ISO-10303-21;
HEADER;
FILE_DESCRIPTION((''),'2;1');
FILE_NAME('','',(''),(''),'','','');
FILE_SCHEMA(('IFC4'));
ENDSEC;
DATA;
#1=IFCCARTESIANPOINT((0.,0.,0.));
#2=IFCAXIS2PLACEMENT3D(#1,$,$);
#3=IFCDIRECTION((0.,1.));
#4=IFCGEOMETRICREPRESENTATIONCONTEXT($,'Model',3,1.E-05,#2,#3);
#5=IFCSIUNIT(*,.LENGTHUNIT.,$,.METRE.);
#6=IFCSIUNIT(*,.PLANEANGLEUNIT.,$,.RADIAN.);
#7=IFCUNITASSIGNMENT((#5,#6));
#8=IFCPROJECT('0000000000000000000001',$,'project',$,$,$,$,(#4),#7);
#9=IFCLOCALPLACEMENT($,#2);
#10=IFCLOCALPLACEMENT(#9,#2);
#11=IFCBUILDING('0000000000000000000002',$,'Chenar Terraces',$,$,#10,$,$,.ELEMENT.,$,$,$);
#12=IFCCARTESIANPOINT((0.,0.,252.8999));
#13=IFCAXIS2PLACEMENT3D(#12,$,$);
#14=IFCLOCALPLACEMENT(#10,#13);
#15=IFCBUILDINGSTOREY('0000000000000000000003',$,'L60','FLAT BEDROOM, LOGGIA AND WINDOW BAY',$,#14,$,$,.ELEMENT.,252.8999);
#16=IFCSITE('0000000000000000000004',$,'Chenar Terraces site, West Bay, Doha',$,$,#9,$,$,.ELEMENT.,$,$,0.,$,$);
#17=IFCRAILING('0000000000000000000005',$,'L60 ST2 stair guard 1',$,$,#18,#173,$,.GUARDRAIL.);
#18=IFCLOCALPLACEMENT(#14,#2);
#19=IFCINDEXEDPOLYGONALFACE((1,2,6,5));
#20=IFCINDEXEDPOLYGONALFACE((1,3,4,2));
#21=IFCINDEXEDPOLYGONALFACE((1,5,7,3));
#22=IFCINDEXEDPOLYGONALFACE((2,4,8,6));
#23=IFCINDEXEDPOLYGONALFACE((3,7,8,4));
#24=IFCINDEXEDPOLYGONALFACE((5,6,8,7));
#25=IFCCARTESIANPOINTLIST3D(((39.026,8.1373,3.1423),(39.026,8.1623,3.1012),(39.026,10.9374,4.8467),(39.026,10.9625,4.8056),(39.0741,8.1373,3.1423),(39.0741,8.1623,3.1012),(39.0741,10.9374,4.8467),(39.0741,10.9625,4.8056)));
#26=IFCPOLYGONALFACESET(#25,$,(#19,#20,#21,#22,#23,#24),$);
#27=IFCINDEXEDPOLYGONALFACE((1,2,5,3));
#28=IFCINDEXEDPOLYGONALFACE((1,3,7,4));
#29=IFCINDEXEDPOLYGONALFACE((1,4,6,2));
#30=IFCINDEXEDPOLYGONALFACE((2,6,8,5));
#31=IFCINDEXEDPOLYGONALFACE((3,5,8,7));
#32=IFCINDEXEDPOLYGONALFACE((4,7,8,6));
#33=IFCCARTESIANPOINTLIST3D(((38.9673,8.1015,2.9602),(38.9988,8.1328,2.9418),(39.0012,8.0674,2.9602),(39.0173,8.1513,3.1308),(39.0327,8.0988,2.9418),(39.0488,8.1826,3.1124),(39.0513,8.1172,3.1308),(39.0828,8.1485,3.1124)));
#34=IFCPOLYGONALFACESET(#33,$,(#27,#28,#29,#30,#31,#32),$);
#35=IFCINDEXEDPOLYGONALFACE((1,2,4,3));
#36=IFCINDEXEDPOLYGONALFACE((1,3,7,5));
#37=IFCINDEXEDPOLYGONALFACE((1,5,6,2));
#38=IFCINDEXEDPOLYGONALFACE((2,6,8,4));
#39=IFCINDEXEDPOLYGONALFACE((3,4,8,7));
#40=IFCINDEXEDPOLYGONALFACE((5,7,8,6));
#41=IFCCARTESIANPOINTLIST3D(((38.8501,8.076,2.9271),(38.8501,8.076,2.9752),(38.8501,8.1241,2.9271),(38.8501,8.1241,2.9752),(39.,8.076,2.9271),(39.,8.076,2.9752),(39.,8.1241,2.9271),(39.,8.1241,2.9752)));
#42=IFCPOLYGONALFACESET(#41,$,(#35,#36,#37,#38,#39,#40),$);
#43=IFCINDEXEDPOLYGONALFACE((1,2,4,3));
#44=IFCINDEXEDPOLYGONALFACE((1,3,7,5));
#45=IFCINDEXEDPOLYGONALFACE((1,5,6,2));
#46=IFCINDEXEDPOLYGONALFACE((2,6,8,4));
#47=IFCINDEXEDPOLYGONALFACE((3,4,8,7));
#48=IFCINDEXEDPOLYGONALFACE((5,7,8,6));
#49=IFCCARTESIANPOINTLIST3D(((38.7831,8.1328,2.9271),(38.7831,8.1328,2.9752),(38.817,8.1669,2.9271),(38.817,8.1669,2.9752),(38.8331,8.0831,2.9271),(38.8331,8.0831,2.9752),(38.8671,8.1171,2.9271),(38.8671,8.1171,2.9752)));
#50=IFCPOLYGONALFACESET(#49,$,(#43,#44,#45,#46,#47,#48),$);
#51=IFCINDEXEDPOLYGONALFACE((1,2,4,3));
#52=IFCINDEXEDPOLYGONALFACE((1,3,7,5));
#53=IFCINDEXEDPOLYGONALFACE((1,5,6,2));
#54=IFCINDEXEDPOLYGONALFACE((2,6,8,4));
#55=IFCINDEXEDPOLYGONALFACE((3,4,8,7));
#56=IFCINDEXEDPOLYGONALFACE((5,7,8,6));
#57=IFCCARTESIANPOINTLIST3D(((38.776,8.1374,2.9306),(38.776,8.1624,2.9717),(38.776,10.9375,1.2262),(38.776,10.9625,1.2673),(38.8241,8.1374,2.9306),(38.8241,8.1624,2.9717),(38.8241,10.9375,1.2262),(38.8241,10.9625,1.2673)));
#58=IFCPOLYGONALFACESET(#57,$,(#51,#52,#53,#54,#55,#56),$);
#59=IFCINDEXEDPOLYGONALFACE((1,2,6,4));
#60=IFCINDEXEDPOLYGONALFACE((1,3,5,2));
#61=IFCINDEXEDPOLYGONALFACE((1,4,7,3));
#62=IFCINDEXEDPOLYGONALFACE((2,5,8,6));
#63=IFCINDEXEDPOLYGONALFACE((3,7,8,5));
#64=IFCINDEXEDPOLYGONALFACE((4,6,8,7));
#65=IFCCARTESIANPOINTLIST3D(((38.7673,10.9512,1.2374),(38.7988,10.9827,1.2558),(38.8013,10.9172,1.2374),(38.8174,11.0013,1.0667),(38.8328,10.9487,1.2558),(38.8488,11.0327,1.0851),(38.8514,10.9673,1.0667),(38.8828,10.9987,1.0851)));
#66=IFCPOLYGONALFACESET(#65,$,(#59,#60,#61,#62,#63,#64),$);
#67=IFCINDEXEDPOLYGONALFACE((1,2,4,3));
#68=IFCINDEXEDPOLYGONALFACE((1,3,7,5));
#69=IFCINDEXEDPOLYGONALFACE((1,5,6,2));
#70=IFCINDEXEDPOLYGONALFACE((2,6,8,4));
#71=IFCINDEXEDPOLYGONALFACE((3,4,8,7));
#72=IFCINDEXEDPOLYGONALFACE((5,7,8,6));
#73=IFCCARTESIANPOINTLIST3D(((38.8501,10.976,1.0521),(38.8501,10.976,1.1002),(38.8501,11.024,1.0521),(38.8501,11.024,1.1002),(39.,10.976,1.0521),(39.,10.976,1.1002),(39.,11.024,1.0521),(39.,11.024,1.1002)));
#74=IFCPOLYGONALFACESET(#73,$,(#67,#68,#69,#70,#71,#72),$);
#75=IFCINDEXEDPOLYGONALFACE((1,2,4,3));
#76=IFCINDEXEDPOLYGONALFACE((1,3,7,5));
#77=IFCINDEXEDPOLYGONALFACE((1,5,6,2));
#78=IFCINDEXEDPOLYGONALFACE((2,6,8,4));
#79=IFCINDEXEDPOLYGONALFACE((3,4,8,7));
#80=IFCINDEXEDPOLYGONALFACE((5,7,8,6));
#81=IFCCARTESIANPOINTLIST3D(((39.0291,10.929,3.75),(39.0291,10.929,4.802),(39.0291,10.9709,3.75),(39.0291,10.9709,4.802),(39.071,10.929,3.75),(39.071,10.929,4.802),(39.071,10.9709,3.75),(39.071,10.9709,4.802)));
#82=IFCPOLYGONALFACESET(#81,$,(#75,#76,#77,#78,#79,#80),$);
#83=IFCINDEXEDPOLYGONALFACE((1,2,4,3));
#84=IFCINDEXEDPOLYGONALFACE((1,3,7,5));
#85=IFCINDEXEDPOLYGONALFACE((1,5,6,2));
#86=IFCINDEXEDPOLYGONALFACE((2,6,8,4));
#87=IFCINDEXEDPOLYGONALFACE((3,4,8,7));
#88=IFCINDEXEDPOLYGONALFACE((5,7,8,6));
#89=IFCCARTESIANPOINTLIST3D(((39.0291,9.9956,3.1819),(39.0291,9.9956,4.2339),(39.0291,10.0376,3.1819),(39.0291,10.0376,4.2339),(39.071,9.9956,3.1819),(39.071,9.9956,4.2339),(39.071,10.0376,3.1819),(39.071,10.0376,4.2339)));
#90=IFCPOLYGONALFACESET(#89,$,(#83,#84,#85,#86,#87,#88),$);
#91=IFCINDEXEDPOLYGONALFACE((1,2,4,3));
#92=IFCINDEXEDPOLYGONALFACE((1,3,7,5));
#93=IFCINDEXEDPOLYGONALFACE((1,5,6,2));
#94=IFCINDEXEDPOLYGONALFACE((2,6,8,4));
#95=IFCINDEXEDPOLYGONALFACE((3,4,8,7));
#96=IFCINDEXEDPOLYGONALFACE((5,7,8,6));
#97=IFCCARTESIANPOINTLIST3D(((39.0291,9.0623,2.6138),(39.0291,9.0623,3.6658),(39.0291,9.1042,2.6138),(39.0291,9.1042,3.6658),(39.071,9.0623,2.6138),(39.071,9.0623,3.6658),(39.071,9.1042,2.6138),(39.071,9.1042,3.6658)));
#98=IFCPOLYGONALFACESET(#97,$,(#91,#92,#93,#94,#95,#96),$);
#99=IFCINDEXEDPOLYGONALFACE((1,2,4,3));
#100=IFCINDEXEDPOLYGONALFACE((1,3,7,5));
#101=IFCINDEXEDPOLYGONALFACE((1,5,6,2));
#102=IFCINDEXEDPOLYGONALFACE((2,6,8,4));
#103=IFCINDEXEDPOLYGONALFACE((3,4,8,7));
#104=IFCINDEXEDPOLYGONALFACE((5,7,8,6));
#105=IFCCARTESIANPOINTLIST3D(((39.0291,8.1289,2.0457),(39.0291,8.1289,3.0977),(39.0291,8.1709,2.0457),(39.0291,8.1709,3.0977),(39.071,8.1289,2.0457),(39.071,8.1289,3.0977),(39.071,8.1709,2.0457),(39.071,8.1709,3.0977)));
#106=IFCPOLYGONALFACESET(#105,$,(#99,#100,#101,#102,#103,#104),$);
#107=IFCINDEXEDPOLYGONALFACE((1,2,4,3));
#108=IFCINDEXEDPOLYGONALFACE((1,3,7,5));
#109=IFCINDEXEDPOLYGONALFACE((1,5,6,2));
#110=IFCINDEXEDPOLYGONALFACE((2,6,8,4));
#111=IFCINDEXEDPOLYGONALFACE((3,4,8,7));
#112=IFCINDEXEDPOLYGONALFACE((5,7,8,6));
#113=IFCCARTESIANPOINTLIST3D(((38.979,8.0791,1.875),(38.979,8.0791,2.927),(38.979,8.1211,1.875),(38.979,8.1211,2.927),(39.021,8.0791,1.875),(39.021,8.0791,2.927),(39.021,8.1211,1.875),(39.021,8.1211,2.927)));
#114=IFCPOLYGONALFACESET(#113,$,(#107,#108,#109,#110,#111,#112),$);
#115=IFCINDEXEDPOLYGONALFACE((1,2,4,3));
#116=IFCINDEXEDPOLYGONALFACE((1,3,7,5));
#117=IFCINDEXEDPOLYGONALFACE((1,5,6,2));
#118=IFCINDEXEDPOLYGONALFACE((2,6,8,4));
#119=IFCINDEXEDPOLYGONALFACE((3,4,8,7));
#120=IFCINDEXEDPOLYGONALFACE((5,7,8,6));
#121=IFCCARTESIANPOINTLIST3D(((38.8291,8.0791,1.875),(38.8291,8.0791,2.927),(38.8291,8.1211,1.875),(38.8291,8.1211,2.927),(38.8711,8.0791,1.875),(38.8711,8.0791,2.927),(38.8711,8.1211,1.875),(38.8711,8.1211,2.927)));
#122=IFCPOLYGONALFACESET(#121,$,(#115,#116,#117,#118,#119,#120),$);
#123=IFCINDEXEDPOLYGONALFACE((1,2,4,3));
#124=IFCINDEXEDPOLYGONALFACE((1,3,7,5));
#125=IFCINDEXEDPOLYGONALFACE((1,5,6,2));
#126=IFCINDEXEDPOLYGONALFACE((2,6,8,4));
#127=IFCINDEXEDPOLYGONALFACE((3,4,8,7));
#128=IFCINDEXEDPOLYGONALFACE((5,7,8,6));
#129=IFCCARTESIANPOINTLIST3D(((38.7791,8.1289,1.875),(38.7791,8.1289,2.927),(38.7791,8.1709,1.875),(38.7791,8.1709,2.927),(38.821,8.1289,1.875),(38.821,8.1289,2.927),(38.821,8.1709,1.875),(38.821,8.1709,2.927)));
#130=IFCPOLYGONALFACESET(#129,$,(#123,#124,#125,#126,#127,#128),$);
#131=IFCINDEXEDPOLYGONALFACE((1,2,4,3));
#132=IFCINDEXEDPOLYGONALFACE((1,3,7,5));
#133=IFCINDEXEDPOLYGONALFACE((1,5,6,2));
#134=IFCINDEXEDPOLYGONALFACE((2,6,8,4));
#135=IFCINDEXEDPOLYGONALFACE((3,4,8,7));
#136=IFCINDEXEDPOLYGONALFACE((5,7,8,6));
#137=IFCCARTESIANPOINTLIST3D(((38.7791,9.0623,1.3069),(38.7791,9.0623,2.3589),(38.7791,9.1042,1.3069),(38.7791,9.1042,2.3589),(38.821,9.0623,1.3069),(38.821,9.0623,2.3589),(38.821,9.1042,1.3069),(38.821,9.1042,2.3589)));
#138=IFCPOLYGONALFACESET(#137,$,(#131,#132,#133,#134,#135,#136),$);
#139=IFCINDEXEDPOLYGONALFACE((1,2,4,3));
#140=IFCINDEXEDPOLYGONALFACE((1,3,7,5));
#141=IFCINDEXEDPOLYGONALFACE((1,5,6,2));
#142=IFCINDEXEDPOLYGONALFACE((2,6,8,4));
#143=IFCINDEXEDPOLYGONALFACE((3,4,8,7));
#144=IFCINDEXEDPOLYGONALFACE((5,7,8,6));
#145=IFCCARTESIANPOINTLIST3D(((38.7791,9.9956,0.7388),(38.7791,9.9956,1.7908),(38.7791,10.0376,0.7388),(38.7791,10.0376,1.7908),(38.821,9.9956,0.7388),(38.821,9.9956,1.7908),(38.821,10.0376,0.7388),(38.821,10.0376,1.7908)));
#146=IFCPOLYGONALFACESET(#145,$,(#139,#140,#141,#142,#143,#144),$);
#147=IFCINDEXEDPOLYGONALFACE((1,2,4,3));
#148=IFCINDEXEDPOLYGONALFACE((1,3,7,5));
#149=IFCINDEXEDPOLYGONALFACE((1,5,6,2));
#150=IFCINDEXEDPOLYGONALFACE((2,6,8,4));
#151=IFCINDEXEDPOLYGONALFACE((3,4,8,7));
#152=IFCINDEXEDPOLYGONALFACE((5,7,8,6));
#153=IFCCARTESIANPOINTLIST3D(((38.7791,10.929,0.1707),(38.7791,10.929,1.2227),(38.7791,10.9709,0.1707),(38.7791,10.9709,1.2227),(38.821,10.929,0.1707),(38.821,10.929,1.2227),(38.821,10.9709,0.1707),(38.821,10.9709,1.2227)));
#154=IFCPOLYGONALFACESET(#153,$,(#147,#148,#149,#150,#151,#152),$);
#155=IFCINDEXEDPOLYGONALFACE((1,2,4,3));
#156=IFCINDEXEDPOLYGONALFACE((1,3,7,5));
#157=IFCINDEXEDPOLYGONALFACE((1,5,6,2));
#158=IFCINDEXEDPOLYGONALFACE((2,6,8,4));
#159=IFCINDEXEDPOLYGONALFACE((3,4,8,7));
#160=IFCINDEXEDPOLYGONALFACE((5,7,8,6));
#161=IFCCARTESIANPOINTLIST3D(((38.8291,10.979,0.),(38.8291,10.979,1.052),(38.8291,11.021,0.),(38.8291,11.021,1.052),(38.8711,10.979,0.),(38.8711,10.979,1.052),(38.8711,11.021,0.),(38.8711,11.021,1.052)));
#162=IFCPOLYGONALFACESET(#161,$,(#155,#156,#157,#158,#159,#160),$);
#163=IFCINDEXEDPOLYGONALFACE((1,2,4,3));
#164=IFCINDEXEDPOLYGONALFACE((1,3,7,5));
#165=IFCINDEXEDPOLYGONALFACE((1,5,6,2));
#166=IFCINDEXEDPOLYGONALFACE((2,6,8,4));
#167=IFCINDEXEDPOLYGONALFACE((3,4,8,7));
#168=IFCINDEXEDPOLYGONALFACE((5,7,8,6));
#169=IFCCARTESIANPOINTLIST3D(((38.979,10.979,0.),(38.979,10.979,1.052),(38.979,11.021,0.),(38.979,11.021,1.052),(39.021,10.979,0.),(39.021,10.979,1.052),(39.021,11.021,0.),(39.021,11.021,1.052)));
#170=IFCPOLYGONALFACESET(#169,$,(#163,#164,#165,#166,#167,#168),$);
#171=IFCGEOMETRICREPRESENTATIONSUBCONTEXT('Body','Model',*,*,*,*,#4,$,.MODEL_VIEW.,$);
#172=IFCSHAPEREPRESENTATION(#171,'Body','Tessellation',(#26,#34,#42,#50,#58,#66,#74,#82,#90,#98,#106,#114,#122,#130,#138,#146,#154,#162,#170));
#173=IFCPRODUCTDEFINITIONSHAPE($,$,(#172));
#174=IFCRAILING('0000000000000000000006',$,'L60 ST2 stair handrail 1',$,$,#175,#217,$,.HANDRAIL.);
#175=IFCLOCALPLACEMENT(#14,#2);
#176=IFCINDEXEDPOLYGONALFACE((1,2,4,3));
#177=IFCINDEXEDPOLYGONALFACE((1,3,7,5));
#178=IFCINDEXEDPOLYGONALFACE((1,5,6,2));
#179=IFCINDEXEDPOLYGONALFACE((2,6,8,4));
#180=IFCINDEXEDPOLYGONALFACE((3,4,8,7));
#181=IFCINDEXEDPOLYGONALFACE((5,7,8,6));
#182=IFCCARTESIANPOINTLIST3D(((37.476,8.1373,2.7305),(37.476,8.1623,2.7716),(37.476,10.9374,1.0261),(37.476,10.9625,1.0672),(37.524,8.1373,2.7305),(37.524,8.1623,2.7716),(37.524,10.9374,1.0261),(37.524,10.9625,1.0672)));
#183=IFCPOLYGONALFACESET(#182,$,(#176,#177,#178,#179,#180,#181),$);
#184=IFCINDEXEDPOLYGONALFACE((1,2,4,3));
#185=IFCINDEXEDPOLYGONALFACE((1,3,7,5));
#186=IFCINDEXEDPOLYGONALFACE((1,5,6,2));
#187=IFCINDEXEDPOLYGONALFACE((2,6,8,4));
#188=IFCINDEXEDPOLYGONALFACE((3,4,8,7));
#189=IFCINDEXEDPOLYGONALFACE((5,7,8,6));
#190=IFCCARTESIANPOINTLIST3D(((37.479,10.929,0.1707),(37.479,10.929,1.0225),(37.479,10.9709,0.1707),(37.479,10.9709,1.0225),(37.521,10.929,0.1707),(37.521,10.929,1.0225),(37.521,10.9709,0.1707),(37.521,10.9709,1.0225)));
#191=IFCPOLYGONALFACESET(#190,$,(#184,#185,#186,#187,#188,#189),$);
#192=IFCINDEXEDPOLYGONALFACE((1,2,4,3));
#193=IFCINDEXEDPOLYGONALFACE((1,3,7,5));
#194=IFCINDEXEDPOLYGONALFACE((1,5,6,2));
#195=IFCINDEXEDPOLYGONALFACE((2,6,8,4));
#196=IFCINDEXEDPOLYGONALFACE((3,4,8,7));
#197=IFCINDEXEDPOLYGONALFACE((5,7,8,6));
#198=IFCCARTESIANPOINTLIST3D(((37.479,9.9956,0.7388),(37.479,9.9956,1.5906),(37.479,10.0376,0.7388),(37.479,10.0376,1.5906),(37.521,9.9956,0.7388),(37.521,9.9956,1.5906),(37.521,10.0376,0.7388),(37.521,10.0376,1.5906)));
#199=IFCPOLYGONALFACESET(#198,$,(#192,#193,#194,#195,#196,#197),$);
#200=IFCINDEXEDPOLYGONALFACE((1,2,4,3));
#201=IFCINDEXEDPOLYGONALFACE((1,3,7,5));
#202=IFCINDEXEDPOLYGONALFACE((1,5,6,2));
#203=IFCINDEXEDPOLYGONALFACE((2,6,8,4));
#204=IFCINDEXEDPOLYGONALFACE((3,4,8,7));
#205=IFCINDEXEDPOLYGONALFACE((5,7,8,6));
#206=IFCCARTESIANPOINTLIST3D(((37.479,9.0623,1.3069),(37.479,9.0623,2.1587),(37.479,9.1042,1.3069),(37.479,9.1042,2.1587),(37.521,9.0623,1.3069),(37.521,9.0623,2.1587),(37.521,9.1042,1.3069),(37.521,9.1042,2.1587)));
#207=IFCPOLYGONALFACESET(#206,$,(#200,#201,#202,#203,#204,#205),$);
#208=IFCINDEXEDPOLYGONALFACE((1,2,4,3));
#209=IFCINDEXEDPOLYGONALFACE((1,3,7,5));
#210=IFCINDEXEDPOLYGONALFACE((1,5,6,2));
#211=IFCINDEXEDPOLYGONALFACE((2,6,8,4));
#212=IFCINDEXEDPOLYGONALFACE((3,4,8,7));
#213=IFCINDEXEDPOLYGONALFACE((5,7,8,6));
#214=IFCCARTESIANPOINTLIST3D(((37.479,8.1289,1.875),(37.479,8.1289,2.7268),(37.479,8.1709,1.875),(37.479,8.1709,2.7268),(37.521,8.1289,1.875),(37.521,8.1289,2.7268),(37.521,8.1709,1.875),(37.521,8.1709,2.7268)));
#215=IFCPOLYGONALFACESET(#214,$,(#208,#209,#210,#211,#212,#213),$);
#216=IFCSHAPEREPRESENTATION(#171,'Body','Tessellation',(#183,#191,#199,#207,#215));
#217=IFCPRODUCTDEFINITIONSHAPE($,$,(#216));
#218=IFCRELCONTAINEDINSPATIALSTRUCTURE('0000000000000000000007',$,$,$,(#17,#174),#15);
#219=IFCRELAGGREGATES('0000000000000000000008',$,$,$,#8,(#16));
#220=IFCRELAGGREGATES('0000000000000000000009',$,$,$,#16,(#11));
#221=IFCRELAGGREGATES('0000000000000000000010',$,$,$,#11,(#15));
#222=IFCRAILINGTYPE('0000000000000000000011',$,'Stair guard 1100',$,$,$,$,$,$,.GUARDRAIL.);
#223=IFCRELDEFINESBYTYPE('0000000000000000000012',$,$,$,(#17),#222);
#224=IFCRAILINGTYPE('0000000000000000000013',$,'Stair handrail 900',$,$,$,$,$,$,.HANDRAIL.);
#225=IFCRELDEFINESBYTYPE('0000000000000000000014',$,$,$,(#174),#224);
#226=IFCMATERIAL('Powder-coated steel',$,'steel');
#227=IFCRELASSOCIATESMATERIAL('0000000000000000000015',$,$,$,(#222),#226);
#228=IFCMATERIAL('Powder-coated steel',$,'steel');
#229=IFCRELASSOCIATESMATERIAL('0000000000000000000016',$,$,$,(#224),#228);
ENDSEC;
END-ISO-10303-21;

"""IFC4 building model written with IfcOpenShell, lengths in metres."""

from ifc_helpers import new_model, si_unit, direction, frame, origin, origin_2d, place, context, subcontext, project, spatial, rectangle, extrude, material, type_object, element, save


model = new_model("IFC4")

# Units and contexts
model_context = context("Model", 3, precision=1e-05, world=origin(), true_north=direction((0.0, 1.0)))
body_context = subcontext(model_context, "Body", "Model", "MODEL_VIEW")
ifc_project = project(units=[si_unit("LENGTHUNIT", "METRE"), si_unit("PLANEANGLEUNIT", "RADIAN")], contexts=[model_context])

# Site, building, storey
site_placement = place(None, origin())
site = spatial("IfcSite", under=ifc_project, at=site_placement, Name="Chenar Terraces site, West Bay, Doha", CompositionType="ELEMENT", RefElevation=0.0)
building_placement = place(site_placement, origin())
building = spatial("IfcBuilding", under=site, at=building_placement, Name="Chenar Terraces", CompositionType="ELEMENT")
storey_placement = place(building_placement, frame((0.0, 0.0, 252.8999)))
storey = spatial("IfcBuildingStorey", under=building, at=storey_placement, Name="L60", Description="FLAT BEDROOM, LOGGIA AND WINDOW BAY", CompositionType="ELEMENT", Elevation=252.8999)

# Railings
ifc_material_1 = material(Name="Powder-coated steel", Category="steel")
railing_type_1 = type_object("IfcRailingType", Name="Stair guard 1100", PredefinedType="GUARDRAIL", material=ifc_material_1)
railing_1_placement = place(storey_placement, frame((39.05, 10.95, 3.75)))
element("IfcRailing", 1, at=railing_1_placement, inside=storey, type_object=railing_type_1, Name="L60 ST2 stair guard 1", PredefinedType="GUARDRAIL", context=body_context, shape_type="SweptSolid", body=[
    extrude(rectangle(XDim=0.0481, YDim=0.0481, at=origin_2d()), frame((0.0, 0.0, 1.0762), z_axis=(0.0, -0.854203, -0.51994), x_axis=(1.0, 0.0, 0.0)), (0.0, 0.0, 1.0), 3.2781),
    extrude(rectangle(XDim=0.0481, YDim=0.0481, at=origin_2d()), frame((0.0, -2.8, -0.6284), z_axis=(-0.270997, -0.269675, -0.924033), x_axis=(0.705376, -0.708834, 0.0)), (0.0, 0.0, 1.0), 0.1846),
    extrude(rectangle(XDim=0.0481, YDim=0.0481, at=origin_2d()), frame((-0.05, -2.8499, -0.7988), z_axis=(-1.0, 0.0, 0.0), x_axis=(0.0, -1.0, 0.0)), (0.0, 0.0, 1.0), 0.1499),
    extrude(rectangle(XDim=0.0481, YDim=0.0481, at=origin_2d()), frame((-0.2, -2.8499, -0.7988), z_axis=(-0.708834, 0.705376, 0.0), x_axis=(-0.705376, -0.708834, 0.0)), (0.0, 0.0, 1.0), 0.0706),
    extrude(rectangle(XDim=0.0481, YDim=0.0481, at=origin_2d()), frame((-0.25, -2.8, -0.7988), z_axis=(0.0, 0.854203, -0.51994), x_axis=(-1.0, 0.0, 0.0)), (0.0, 0.0, 1.0), 3.2781),
    extrude(rectangle(XDim=0.0481, YDim=0.0481, at=origin_2d()), frame((-0.25, 0.0, -2.5034), z_axis=(0.2709, 0.2709, -0.923703), x_axis=(-0.707107, 0.707107, 0.0)), (0.0, 0.0, 1.0), 0.1848),
    extrude(rectangle(XDim=0.0481, YDim=0.0481, at=origin_2d()), frame((-0.2, 0.05, -2.6738), z_axis=(1.0, 0.0, 0.0), x_axis=(0.0, 1.0, 0.0)), (0.0, 0.0, 1.0), 0.1499),
    extrude(rectangle(XDim=0.042, YDim=0.042, at=origin_2d()), origin(), (0.0, 0.0, 1.0), 1.052),
    extrude(rectangle(XDim=0.042, YDim=0.042, at=origin_2d()), frame((0.0, -0.9333, -0.5681)), (0.0, 0.0, 1.0), 1.052),
    extrude(rectangle(XDim=0.042, YDim=0.042, at=origin_2d()), frame((0.0, -1.8667, -1.1362)), (0.0, 0.0, 1.0), 1.052),
    extrude(rectangle(XDim=0.042, YDim=0.042, at=origin_2d()), frame((0.0, -2.8, -1.7043)), (0.0, 0.0, 1.0), 1.052),
    extrude(rectangle(XDim=0.042, YDim=0.042, at=origin_2d()), frame((-0.05, -2.8499, -1.875)), (0.0, 0.0, 1.0), 1.052),
    extrude(rectangle(XDim=0.042, YDim=0.042, at=origin_2d()), frame((-0.2, -2.8499, -1.875)), (0.0, 0.0, 1.0), 1.052),
    extrude(rectangle(XDim=0.042, YDim=0.042, at=origin_2d()), frame((-0.25, -2.8, -1.875)), (0.0, 0.0, 1.0), 1.052),
    extrude(rectangle(XDim=0.042, YDim=0.042, at=origin_2d()), frame((-0.25, -1.8667, -2.4431)), (0.0, 0.0, 1.0), 1.052),
    extrude(rectangle(XDim=0.042, YDim=0.042, at=origin_2d()), frame((-0.25, -0.9333, -3.0112)), (0.0, 0.0, 1.0), 1.052),
    extrude(rectangle(XDim=0.042, YDim=0.042, at=origin_2d()), frame((-0.25, 0.0, -3.5793)), (0.0, 0.0, 1.0), 1.052),
    extrude(rectangle(XDim=0.042, YDim=0.042, at=origin_2d()), frame((-0.2, 0.05, -3.75)), (0.0, 0.0, 1.0), 1.052),
    extrude(rectangle(XDim=0.042, YDim=0.042, at=origin_2d()), frame((-0.05, 0.05, -3.75)), (0.0, 0.0, 1.0), 1.052),
])
ifc_material_2 = material(Name="Powder-coated steel", Category="steel")
railing_type_2 = type_object("IfcRailingType", Name="Stair handrail 900", PredefinedType="HANDRAIL", material=ifc_material_2)
railing_2_placement = place(storey_placement, frame((37.5, 10.95, 0.1707)))
element("IfcRailing", 2, at=railing_2_placement, inside=storey, type_object=railing_type_2, Name="L60 ST2 stair handrail 1", PredefinedType="HANDRAIL", context=body_context, shape_type="SweptSolid", body=[
    extrude(rectangle(XDim=0.0481, YDim=0.0481, at=origin_2d()), frame((0.0, 0.0, 0.876), z_axis=(0.0, -0.854203, 0.51994), x_axis=(1.0, 0.0, 0.0)), (0.0, 0.0, 1.0), 3.2781),
    extrude(rectangle(XDim=0.042, YDim=0.042, at=origin_2d()), origin(), (0.0, 0.0, 1.0), 0.8518),
    extrude(rectangle(XDim=0.042, YDim=0.042, at=origin_2d()), frame((0.0, -0.9333, 0.5681)), (0.0, 0.0, 1.0), 0.8518),
    extrude(rectangle(XDim=0.042, YDim=0.042, at=origin_2d()), frame((0.0, -1.8667, 1.1362)), (0.0, 0.0, 1.0), 0.8518),
    extrude(rectangle(XDim=0.042, YDim=0.042, at=origin_2d()), frame((0.0, -2.8, 1.7043)), (0.0, 0.0, 1.0), 0.8518),
])

save(model, "model.ifc")
